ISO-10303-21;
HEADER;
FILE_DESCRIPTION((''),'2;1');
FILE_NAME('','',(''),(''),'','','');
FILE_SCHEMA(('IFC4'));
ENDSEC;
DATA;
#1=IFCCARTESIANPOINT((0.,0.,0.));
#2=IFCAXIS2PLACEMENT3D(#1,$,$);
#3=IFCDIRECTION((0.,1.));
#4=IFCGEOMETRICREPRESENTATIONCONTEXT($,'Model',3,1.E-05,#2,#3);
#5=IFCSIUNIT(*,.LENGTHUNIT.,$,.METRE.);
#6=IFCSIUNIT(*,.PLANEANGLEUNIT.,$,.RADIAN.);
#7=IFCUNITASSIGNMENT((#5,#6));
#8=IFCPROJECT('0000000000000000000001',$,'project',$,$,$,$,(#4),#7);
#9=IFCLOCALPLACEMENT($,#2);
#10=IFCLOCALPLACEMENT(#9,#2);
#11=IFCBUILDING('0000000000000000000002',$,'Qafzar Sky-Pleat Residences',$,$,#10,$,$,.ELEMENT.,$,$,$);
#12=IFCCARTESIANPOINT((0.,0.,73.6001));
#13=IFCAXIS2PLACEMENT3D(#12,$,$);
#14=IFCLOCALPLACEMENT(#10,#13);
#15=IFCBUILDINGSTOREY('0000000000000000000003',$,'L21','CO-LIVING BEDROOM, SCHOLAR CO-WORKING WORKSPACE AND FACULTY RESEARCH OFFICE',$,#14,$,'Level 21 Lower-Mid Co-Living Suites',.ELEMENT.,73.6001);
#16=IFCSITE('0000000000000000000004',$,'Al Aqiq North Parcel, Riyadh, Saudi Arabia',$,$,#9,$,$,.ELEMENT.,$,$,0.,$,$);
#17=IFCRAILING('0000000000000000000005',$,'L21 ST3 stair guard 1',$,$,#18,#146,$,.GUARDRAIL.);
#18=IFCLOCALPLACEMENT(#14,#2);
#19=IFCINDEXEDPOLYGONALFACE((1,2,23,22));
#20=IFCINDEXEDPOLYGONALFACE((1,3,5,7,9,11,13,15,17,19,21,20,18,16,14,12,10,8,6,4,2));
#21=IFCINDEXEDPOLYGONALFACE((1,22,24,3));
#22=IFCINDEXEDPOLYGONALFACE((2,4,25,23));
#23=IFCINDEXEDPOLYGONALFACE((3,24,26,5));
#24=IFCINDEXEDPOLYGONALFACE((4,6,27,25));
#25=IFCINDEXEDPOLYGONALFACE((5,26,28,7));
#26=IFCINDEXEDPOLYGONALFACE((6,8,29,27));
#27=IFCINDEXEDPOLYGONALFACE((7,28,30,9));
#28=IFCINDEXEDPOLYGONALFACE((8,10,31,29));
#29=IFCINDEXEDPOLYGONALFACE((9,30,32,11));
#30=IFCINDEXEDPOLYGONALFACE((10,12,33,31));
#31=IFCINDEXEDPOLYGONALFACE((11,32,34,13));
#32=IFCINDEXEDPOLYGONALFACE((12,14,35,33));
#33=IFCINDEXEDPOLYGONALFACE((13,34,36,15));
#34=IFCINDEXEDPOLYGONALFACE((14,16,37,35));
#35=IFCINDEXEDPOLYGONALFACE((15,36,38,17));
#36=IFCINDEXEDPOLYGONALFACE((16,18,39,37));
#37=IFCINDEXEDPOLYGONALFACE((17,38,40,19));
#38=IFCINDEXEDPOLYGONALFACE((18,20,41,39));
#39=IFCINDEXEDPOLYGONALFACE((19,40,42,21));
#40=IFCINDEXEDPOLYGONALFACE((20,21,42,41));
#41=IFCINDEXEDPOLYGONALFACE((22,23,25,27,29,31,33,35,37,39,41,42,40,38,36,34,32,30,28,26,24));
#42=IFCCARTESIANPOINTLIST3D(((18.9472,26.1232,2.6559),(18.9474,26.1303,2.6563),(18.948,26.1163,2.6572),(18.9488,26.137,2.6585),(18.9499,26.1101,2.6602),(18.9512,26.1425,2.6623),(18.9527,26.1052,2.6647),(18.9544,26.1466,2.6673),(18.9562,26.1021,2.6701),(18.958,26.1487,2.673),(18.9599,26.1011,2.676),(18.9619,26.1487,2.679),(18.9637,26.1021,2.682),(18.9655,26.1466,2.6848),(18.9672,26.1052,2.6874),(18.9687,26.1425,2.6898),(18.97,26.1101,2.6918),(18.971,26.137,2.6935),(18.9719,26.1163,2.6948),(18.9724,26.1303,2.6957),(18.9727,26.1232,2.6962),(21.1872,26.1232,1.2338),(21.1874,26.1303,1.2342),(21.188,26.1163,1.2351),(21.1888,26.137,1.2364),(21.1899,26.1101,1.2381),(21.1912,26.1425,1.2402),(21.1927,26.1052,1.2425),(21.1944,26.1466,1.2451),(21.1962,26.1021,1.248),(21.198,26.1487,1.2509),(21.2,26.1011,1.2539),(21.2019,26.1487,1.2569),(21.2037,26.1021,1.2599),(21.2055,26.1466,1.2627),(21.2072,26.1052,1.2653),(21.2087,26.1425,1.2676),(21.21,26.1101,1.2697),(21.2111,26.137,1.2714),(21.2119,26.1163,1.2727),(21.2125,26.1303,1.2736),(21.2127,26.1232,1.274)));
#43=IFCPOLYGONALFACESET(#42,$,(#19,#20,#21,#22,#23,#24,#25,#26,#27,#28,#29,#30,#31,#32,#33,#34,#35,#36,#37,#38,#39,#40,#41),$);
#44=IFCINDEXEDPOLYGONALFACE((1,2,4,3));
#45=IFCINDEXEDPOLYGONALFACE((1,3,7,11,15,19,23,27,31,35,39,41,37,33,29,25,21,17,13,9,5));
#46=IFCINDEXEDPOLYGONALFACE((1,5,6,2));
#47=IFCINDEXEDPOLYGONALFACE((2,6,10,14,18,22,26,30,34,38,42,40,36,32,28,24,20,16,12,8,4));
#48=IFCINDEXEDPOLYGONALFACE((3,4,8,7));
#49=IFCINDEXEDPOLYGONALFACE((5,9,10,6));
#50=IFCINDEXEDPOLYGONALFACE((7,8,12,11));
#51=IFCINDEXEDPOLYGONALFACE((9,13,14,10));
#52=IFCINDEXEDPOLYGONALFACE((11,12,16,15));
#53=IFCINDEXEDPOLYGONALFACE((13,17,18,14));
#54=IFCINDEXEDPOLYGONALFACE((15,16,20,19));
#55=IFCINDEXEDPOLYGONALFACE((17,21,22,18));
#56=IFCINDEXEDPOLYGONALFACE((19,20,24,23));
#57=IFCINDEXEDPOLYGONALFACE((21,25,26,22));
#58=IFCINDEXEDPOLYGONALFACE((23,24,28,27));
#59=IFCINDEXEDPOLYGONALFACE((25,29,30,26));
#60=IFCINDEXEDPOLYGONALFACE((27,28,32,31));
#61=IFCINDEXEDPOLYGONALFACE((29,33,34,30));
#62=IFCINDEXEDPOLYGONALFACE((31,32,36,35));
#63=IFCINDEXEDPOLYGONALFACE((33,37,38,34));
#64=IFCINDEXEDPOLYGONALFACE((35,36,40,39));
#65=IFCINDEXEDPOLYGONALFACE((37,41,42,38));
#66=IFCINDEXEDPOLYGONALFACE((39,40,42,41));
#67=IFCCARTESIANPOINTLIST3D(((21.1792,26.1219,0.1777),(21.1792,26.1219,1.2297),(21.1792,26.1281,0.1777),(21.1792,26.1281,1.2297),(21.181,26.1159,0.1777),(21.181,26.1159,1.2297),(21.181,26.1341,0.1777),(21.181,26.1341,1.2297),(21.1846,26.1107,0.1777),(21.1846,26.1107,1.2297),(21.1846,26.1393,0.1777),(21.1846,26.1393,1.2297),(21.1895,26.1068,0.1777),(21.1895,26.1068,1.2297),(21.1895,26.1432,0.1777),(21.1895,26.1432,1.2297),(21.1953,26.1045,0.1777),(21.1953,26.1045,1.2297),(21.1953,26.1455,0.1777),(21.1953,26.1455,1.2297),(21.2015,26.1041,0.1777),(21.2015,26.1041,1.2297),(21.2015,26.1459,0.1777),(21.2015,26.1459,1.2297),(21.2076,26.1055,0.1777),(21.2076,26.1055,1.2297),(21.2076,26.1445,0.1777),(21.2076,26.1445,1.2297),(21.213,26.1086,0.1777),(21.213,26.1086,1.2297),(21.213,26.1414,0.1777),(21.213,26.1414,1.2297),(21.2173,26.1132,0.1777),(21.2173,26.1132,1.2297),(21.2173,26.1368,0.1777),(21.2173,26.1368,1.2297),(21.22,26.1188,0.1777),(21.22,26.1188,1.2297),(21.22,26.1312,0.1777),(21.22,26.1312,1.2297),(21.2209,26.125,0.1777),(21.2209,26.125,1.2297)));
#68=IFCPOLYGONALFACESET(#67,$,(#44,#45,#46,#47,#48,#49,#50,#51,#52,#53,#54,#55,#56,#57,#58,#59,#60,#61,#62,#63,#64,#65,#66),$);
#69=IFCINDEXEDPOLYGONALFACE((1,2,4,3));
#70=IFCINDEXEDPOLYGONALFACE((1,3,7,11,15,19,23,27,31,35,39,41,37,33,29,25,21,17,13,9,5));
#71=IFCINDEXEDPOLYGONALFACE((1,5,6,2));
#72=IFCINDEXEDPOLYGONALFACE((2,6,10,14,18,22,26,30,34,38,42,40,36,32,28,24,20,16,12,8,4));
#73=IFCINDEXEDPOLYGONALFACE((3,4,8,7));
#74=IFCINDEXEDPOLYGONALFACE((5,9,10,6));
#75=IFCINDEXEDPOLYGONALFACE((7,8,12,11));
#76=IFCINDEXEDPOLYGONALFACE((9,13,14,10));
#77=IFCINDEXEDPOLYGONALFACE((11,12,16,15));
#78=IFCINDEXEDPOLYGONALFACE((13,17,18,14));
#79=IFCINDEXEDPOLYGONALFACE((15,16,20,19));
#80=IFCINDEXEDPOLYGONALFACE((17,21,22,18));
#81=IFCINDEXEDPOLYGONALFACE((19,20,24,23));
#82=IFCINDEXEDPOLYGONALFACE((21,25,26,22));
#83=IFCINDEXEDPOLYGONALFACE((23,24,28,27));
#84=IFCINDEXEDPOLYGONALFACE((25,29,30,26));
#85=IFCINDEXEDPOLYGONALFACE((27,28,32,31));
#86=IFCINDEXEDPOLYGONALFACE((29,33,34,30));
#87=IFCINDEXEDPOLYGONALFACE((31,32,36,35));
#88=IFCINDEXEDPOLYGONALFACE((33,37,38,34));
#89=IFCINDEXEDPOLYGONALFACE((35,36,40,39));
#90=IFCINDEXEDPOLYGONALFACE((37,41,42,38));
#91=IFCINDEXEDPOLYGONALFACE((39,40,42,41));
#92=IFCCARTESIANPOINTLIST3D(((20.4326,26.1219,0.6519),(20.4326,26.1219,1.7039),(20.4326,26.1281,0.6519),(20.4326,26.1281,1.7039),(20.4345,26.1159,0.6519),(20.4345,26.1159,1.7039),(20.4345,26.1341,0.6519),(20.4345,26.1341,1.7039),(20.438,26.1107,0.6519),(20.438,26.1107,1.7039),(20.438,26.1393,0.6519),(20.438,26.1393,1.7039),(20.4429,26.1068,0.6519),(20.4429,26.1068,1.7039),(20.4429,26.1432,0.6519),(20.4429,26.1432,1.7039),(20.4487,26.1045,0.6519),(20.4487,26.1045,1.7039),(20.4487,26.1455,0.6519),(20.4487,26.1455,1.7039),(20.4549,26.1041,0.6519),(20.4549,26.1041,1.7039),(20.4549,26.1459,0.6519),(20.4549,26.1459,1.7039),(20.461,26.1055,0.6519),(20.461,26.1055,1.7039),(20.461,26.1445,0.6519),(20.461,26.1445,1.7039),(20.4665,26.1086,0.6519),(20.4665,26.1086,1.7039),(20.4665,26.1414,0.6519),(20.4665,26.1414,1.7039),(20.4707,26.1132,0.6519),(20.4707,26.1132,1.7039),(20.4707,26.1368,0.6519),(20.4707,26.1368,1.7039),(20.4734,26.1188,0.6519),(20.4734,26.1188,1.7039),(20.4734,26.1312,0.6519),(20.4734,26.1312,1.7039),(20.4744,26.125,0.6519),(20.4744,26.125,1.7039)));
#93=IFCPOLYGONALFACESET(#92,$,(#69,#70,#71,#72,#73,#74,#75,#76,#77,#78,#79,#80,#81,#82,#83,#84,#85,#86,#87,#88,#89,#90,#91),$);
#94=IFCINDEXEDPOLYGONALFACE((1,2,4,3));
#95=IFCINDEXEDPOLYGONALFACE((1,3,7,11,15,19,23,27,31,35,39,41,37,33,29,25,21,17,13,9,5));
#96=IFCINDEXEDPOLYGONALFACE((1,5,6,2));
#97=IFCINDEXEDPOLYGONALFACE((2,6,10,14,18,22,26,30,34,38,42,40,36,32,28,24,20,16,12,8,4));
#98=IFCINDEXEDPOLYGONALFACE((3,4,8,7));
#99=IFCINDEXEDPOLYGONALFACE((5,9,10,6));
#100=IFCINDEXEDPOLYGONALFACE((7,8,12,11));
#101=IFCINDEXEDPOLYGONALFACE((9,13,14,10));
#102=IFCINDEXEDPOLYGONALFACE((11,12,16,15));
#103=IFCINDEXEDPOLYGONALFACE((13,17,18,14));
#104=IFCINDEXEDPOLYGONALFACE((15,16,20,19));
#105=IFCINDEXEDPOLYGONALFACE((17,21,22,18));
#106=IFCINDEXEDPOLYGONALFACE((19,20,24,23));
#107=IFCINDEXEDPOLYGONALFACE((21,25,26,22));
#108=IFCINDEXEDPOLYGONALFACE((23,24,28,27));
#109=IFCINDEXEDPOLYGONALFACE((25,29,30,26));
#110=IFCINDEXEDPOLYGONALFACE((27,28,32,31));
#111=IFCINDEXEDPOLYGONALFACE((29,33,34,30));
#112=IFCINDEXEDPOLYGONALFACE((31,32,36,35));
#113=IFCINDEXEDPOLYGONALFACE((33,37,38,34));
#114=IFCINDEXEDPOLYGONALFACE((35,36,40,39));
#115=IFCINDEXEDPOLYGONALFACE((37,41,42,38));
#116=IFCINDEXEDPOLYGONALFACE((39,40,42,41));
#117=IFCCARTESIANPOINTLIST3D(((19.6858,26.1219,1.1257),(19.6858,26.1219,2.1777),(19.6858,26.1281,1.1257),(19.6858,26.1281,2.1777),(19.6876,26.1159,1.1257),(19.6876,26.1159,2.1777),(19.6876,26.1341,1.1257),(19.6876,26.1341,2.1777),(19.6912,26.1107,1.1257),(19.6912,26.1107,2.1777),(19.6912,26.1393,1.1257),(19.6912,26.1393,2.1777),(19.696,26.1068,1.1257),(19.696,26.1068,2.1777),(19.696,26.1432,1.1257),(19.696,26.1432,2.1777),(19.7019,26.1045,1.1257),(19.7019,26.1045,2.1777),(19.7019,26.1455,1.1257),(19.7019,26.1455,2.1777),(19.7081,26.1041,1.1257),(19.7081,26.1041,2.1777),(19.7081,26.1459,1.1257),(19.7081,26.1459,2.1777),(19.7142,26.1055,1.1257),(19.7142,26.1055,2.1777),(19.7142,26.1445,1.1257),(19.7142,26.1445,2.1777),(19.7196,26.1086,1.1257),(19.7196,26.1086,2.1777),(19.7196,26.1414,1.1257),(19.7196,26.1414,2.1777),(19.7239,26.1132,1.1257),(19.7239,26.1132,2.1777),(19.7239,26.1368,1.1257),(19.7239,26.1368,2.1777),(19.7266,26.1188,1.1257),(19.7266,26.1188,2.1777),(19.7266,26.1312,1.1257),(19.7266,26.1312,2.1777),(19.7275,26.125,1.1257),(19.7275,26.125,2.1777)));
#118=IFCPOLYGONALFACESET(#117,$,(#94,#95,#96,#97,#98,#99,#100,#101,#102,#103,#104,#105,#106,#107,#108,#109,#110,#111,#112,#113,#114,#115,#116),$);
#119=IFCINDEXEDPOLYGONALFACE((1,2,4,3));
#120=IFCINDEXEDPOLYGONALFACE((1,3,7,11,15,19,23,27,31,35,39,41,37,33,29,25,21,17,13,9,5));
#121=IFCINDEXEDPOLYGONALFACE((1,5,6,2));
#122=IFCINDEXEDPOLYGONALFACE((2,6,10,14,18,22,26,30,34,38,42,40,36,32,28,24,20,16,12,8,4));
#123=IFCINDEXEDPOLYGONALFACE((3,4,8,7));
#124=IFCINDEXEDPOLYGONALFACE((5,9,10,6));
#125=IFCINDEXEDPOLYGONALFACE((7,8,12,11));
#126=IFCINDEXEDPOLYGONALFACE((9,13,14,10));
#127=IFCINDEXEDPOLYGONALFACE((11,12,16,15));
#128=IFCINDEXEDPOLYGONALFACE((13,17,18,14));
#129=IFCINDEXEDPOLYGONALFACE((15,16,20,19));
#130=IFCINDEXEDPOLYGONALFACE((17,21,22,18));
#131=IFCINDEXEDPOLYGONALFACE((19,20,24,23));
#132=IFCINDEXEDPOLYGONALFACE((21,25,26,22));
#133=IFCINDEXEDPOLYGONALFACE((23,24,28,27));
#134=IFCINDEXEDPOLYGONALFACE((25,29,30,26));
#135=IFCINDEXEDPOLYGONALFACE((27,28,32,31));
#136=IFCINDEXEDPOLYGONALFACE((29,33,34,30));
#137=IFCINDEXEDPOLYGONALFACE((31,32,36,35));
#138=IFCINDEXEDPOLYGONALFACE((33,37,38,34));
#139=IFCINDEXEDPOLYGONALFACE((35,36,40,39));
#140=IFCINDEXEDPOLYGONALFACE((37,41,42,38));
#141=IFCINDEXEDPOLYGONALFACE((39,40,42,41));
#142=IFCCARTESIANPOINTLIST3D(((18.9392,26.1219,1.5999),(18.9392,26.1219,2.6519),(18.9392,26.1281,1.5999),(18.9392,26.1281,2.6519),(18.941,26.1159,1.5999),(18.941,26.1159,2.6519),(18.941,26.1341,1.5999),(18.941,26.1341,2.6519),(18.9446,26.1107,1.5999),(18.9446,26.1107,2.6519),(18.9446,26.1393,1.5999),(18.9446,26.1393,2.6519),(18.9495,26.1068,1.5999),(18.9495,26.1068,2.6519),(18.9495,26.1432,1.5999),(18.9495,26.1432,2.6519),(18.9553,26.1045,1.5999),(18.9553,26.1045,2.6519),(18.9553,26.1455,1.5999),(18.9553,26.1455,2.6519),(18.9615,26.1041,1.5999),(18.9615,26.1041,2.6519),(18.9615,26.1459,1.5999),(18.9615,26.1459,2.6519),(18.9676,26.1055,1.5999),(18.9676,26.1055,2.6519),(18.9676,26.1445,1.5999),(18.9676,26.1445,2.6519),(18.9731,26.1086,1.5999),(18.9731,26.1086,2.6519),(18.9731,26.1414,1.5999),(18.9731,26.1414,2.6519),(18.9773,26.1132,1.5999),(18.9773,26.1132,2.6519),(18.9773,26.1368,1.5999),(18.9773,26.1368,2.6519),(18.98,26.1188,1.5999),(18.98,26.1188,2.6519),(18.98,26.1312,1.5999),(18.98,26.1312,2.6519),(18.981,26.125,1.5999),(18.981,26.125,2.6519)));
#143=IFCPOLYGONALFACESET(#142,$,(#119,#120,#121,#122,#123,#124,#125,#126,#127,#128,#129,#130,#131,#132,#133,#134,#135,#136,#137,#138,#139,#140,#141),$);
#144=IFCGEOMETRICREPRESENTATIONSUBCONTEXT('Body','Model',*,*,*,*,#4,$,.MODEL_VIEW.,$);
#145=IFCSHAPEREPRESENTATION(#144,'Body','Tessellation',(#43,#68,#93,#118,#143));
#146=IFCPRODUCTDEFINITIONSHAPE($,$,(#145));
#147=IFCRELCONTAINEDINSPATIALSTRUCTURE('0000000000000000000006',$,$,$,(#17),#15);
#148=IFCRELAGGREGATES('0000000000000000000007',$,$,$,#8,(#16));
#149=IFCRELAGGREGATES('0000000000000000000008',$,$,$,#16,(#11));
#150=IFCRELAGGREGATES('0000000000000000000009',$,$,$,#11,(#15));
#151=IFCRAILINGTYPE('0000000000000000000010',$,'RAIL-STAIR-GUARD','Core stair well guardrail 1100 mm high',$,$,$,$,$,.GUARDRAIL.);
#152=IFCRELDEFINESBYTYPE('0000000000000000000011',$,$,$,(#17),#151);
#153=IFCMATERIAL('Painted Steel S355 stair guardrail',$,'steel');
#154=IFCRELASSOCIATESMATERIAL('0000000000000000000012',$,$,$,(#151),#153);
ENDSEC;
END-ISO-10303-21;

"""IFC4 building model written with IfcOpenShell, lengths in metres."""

from ifc_helpers import new_model, si_unit, direction, frame, origin, origin_2d, place, context, subcontext, project, spatial, circle, extrude, source, transform, mapped, material, type_object, element, save


model = new_model("IFC4")

# Units and contexts
model_context = context("Model", 3, precision=1e-05, world=origin(), true_north=direction((0.0, 1.0)))
body_context = subcontext(model_context, "Body", "Model", "MODEL_VIEW")
ifc_project = project(units=[si_unit("LENGTHUNIT", "METRE"), si_unit("PLANEANGLEUNIT", "RADIAN")], contexts=[model_context])

# Site, building, storey
site_placement = place(None, origin())
site = spatial("IfcSite", under=ifc_project, at=site_placement, Name="Al Aqiq North Parcel, Riyadh, Saudi Arabia", CompositionType="ELEMENT", RefElevation=0.0)
building_placement = place(site_placement, origin())
building = spatial("IfcBuilding", under=site, at=building_placement, Name="Qafzar Sky-Pleat Residences", CompositionType="ELEMENT")
storey_placement = place(building_placement, frame((0.0, 0.0, 73.6001)))
storey = spatial("IfcBuildingStorey", under=building, at=storey_placement, Name="L21", Description="CO-LIVING BEDROOM, SCHOLAR CO-WORKING WORKSPACE AND FACULTY RESEARCH OFFICE", LongName="Level 21 Lower-Mid Co-Living Suites", CompositionType="ELEMENT", Elevation=73.6001)

# Railing
ifc_material_1 = material(Name="Painted Steel S355 stair guardrail", Category="steel")
railing_type_1 = type_object("IfcRailingType", Name="RAIL-STAIR-GUARD", Description="Core stair well guardrail 1100 mm high", PredefinedType="GUARDRAIL", material=ifc_material_1)
shared_shape_1 = source(origin(), body_context, "Body", "SweptSolid", [
    extrude(circle(Radius=0.0239, at=origin_2d()), frame((0.0, 0.0, 1.0762), z_axis=(-0.844229, 0.0, 0.535982), x_axis=(0.0, -1.0, 0.0)), (0.0, 0.0, 1.0), 2.6533),
    extrude(circle(Radius=0.021, at=origin_2d()), origin(), (0.0, 0.0, 1.0), 1.052),
    extrude(circle(Radius=0.021, at=origin_2d()), frame((-0.7466, 0.0, 0.4741)), (0.0, 0.0, 1.0), 1.052),
    extrude(circle(Radius=0.021, at=origin_2d()), frame((-1.4934, 0.0, 0.948)), (0.0, 0.0, 1.0), 1.052),
    extrude(circle(Radius=0.021, at=origin_2d()), frame((-2.24, 0.0, 1.4221)), (0.0, 0.0, 1.0), 1.052),
])
railing_1_placement = place(storey_placement, frame((21.2, 26.125, 0.1777)))
element("IfcRailing", 1, at=railing_1_placement, inside=storey, type_object=railing_type_1, Name="L21 ST3 stair guard 1", PredefinedType="GUARDRAIL", context=body_context, shape_type="MappedRepresentation", body=[
    mapped(shared_shape_1, transform((0.0, 0.0, 0.0), x_axis=(1.0, 0.0, 0.0), y_axis=(0.0, 1.0, 0.0), z_axis=(0.0, 0.0, 1.0), scale=1.0)),
])

save(model, "model.ifc")
